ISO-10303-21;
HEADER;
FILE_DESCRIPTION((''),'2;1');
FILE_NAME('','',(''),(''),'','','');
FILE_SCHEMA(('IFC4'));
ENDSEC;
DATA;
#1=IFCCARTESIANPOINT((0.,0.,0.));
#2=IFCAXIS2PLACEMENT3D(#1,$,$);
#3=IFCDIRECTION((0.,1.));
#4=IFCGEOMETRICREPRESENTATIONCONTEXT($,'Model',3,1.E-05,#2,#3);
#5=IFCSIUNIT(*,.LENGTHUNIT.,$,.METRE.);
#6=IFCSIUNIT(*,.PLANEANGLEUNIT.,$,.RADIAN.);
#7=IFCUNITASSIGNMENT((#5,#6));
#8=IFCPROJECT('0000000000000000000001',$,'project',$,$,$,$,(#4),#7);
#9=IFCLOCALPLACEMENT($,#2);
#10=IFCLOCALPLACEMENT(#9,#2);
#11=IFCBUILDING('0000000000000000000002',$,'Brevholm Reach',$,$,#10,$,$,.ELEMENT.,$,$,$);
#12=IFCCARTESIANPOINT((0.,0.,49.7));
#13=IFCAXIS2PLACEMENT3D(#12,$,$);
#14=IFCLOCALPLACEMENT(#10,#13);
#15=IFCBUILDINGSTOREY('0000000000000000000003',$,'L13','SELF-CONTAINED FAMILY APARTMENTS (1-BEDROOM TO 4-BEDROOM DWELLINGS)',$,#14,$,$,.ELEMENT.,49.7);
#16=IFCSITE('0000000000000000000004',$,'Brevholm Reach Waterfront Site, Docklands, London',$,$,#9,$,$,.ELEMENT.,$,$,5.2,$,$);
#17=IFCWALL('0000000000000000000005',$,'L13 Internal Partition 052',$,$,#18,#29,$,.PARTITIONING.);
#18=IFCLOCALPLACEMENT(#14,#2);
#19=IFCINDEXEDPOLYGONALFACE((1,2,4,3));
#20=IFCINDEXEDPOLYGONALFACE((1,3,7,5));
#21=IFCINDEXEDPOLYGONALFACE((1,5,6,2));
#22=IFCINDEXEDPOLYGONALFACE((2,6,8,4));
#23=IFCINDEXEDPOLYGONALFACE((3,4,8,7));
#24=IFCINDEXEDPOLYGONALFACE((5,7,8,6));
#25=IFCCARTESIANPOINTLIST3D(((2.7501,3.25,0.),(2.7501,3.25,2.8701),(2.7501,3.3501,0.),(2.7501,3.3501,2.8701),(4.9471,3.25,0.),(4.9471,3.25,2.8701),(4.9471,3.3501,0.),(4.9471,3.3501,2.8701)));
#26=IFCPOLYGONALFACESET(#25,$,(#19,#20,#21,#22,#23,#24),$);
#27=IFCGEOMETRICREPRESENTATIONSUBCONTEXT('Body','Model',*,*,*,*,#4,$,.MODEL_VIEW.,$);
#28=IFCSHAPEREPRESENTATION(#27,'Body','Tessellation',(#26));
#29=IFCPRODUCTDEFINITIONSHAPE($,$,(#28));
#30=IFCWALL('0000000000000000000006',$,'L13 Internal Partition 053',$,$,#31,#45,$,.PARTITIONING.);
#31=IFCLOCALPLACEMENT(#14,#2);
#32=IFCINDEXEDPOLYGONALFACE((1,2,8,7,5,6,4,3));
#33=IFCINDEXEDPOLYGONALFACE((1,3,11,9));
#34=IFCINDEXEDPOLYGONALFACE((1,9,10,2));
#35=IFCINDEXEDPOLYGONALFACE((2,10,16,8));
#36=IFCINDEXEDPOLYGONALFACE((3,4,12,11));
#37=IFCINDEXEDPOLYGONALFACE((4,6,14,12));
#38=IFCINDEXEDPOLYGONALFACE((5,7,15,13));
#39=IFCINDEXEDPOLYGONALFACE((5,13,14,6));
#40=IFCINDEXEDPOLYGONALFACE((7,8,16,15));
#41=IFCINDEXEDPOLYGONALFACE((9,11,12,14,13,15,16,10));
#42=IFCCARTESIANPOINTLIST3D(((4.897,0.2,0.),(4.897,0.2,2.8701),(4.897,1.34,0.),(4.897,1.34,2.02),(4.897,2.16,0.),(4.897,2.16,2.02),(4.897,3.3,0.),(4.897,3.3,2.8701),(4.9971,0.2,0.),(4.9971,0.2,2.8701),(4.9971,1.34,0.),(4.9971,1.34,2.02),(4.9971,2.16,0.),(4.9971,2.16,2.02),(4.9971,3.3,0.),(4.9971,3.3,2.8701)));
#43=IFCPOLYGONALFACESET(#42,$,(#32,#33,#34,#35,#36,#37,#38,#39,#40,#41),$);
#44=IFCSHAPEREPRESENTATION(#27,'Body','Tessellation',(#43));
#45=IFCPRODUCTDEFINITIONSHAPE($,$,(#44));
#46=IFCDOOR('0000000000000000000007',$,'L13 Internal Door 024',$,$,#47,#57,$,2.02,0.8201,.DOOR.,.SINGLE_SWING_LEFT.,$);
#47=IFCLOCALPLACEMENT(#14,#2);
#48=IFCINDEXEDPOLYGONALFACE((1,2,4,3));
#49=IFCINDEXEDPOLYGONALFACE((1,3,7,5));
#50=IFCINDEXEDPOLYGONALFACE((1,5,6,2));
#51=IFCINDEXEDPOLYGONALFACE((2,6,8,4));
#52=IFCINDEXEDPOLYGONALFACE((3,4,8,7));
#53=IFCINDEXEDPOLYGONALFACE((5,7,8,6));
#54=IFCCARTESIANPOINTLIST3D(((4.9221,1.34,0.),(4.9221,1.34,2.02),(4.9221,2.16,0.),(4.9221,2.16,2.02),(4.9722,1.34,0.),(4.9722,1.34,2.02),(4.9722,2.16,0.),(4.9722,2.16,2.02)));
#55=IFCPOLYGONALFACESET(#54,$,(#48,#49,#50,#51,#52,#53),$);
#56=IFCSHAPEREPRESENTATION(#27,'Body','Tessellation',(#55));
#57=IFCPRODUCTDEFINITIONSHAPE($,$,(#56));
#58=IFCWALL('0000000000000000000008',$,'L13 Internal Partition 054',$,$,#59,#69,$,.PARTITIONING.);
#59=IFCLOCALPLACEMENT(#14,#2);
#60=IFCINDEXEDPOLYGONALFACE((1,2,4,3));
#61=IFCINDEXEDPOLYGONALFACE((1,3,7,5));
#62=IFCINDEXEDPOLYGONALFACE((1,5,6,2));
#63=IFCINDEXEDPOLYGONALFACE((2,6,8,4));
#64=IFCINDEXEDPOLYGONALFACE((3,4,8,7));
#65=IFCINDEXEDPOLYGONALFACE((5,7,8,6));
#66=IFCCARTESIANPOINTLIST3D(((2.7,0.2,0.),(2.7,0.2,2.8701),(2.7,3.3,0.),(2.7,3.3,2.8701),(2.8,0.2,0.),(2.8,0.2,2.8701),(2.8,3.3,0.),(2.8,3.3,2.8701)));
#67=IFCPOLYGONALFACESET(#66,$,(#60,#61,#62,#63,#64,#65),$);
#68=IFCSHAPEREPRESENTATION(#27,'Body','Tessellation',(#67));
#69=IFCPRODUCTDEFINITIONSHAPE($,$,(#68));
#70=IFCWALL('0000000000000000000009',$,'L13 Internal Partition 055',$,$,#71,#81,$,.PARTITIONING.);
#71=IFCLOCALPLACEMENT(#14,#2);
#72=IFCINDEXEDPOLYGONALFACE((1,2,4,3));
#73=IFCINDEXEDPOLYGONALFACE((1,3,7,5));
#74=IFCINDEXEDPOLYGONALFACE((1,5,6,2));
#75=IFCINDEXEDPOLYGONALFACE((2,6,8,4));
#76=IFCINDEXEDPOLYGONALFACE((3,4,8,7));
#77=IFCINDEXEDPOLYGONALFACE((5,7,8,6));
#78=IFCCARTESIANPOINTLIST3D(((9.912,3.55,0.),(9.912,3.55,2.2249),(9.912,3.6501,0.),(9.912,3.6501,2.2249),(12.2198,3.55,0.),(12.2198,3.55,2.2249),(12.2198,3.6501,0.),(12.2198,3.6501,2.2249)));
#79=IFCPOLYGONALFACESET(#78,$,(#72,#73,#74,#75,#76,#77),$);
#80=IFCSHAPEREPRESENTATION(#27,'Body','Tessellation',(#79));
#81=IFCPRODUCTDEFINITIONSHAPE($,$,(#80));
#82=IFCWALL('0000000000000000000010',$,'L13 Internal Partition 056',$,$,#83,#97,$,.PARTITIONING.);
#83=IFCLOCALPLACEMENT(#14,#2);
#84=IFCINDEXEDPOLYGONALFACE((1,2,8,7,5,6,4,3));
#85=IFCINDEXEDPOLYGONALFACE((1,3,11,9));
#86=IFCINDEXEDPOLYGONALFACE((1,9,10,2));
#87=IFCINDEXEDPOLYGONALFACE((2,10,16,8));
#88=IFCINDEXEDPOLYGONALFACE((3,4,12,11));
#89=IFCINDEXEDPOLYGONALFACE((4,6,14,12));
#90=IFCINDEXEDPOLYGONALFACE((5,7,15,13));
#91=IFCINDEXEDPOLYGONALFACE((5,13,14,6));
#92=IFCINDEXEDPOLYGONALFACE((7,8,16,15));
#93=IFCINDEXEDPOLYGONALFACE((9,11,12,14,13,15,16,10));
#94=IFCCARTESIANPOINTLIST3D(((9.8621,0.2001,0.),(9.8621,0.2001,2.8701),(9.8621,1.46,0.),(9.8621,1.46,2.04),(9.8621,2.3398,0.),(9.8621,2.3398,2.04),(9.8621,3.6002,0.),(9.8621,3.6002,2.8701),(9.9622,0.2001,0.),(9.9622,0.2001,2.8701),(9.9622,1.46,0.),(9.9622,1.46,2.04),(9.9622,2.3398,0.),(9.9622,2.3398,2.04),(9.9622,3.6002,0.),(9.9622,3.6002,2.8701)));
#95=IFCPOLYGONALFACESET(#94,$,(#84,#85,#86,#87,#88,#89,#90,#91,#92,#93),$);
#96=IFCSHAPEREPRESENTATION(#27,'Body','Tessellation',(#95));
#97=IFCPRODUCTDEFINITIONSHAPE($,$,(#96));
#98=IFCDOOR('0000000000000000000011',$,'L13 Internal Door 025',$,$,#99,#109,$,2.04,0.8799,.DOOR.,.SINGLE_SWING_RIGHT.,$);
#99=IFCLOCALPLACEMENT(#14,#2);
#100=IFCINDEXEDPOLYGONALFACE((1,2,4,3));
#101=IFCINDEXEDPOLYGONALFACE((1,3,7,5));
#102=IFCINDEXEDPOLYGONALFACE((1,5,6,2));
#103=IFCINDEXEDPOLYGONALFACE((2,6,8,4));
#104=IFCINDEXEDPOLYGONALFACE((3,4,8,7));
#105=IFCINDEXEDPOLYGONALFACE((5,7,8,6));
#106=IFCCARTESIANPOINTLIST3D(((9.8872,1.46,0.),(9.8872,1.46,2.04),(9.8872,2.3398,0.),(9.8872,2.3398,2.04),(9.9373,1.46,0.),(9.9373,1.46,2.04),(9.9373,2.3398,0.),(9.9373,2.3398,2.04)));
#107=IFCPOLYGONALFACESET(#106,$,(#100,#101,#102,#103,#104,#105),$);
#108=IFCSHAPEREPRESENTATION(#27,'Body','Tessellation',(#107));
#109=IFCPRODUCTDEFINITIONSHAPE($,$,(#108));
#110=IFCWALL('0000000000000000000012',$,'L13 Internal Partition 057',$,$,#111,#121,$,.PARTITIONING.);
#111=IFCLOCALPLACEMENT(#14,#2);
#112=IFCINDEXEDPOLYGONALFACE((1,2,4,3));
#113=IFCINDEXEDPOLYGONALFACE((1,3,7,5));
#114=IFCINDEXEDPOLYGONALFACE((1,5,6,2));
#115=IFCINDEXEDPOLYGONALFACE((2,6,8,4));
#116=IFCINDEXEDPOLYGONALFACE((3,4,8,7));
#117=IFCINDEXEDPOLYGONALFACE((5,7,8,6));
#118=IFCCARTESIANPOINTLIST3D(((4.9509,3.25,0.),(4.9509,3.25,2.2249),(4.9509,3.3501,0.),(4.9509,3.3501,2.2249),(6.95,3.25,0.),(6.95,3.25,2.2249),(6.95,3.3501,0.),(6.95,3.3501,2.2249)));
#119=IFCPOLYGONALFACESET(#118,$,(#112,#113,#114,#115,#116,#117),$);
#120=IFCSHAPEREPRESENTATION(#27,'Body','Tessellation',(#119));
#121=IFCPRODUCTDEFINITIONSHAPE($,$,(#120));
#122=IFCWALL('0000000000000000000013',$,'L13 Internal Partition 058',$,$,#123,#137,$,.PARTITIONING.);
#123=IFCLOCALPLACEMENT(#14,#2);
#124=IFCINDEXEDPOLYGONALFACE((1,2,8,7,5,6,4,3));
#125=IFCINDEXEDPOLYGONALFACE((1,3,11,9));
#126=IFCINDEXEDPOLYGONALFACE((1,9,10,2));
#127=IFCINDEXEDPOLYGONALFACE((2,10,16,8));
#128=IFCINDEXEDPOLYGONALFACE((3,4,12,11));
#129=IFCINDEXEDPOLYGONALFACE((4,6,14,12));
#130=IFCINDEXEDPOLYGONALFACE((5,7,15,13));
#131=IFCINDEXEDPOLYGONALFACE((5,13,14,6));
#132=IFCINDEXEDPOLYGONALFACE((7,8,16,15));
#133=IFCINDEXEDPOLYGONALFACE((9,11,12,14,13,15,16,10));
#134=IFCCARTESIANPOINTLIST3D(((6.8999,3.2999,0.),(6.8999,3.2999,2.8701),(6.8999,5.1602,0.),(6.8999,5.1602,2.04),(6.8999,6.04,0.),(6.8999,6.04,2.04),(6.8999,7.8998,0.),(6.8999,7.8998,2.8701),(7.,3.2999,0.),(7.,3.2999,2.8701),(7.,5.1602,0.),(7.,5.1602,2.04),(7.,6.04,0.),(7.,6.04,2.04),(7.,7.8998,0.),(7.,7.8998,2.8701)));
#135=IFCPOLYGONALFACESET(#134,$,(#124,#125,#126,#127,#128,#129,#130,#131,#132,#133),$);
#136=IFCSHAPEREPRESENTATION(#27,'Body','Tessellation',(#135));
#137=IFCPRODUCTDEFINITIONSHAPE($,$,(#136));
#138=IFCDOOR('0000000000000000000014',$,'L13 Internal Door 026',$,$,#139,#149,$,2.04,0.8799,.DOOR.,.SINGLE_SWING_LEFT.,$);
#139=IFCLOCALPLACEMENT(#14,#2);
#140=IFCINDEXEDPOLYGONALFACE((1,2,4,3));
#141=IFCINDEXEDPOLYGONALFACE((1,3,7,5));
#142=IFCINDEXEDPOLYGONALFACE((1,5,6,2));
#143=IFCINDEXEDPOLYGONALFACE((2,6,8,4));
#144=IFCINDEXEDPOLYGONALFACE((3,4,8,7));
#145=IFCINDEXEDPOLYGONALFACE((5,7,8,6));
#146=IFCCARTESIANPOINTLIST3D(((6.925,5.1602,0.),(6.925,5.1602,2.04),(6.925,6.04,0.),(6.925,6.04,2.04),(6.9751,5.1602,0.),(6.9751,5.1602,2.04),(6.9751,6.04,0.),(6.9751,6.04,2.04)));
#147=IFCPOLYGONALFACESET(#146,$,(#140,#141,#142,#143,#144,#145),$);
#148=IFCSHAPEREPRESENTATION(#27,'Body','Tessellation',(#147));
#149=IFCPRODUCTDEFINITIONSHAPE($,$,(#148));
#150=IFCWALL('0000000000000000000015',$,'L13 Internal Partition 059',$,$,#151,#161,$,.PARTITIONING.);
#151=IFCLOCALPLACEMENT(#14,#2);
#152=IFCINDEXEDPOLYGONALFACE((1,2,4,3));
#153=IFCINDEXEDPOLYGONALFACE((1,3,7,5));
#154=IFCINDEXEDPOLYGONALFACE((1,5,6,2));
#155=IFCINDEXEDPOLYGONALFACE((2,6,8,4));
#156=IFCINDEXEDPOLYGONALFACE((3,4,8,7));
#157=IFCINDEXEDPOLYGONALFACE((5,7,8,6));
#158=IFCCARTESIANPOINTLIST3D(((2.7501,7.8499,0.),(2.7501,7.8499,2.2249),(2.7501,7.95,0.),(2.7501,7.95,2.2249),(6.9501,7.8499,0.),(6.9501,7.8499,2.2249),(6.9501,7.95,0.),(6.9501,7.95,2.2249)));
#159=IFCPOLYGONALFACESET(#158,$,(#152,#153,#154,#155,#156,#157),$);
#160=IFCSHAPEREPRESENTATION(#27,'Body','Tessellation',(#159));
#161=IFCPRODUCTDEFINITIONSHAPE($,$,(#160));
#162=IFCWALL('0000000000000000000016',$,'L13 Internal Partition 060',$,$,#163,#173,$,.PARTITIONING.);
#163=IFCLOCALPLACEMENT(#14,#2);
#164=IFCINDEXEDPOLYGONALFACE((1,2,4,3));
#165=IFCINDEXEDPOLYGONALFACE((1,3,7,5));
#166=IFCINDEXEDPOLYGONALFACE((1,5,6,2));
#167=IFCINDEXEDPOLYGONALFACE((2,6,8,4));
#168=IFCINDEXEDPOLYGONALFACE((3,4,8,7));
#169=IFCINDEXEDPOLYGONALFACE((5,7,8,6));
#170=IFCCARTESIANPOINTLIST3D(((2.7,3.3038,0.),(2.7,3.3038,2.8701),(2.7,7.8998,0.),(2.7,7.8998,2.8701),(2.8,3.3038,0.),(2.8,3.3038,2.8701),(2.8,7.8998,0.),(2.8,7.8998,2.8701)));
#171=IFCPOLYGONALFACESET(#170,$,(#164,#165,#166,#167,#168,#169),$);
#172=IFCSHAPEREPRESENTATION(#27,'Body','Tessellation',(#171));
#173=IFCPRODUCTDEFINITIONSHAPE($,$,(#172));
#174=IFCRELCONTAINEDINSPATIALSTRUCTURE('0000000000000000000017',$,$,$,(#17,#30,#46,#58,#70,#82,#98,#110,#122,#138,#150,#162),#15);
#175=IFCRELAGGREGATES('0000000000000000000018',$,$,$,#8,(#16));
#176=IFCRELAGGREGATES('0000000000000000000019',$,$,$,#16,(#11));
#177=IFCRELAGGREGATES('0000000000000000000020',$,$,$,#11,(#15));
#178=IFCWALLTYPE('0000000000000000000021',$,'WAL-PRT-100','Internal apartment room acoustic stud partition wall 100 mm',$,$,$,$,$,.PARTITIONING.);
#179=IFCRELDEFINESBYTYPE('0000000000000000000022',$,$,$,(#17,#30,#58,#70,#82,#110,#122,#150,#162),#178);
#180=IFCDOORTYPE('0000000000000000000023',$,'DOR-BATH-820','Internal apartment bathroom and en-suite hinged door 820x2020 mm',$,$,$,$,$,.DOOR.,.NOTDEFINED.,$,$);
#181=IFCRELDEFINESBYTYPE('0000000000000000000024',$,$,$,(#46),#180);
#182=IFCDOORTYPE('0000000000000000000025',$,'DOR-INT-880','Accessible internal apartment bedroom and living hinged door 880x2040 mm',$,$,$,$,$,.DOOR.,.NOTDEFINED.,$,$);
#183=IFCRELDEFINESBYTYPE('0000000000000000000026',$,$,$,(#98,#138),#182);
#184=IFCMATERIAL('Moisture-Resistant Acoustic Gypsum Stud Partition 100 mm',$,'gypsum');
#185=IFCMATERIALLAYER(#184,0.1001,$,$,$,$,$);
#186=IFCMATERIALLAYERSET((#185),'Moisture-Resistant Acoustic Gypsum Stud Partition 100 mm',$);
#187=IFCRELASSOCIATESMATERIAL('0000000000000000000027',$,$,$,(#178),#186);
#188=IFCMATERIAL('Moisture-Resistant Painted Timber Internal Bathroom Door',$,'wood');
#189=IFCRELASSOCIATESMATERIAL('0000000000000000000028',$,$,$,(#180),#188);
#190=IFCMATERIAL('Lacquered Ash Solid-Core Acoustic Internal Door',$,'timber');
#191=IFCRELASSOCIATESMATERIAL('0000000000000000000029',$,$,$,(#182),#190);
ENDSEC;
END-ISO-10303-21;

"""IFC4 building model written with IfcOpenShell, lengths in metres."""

from ifc_helpers import new_model, si_unit, direction, frame, frame_2d, origin, place, context, subcontext, project, spatial, rectangle, extrude, material, layer, layer_set, type_object, element, fill, save


model = new_model("IFC4")

# Units and contexts
model_context = context("Model", 3, precision=1e-05, world=origin(), true_north=direction((0.0, 1.0)))
body_context = subcontext(model_context, "Body", "Model", "MODEL_VIEW")
ifc_project = project(units=[si_unit("LENGTHUNIT", "METRE"), si_unit("PLANEANGLEUNIT", "RADIAN")], contexts=[model_context])

# Site, building, storey
site_placement = place(None, origin())
site = spatial("IfcSite", under=ifc_project, at=site_placement, Name="Brevholm Reach Waterfront Site, Docklands, London", CompositionType="ELEMENT", RefElevation=5.2)
building_placement = place(site_placement, origin())
building = spatial("IfcBuilding", under=site, at=building_placement, Name="Brevholm Reach", CompositionType="ELEMENT")
storey_placement = place(building_placement, frame((0.0, 0.0, 49.7)))
storey = spatial("IfcBuildingStorey", under=building, at=storey_placement, Name="L13", Description="SELF-CONTAINED FAMILY APARTMENTS (1-BEDROOM TO 4-BEDROOM DWELLINGS)", CompositionType="ELEMENT", Elevation=49.7)

# Wall
ifc_material_1 = material(Name="Moisture-Resistant Acoustic Gypsum Stud Partition 100 mm", Category="gypsum")
ifc_layer_1 = layer(ifc_material_1, 0.1001)
ifc_layer_set_1 = layer_set([ifc_layer_1], Name="Moisture-Resistant Acoustic Gypsum Stud Partition 100 mm")
wall_type_1 = type_object("IfcWallType", Name="WAL-PRT-100", Description="Internal apartment room acoustic stud partition wall 100 mm", PredefinedType="PARTITIONING", material=ifc_layer_set_1)
wall_1_placement = place(storey_placement, frame((2.75, 3.3, 0.0), z_axis=(0.0, 0.0, 1.0), x_axis=(1.0, 0.0, 0.0)))
element("IfcWall", 1, at=wall_1_placement, inside=storey, type_object=wall_type_1, Name="L13 Internal Partition 052", PredefinedType="PARTITIONING", context=body_context, shape_type="SweptSolid", body=[
    extrude(rectangle(XDim=2.197, YDim=0.1001, at=frame_2d((1.0986, 0.0))), origin(), (0.0, 0.0, 1.0), 2.8701),
])

# Wall, opening, door
wall_2_placement = place(storey_placement, frame((4.947, 0.2, 0.0), z_axis=(0.0, 0.0, 1.0), x_axis=(0.0, 1.0, 0.0)))
wall_2 = element("IfcWall", 2, at=wall_2_placement, inside=storey, type_object=wall_type_1, Name="L13 Internal Partition 053", PredefinedType="PARTITIONING", context=body_context, shape_type="SweptSolid", body=[
    extrude(rectangle(XDim=3.1001, YDim=0.1001, at=frame_2d((1.55, 0.0))), origin(), (0.0, 0.0, 1.0), 2.8701),
])
opening_1_placement = place(wall_2_placement, frame((1.1399, 0.0, 0.0)))
opening_1 = element("IfcOpeningElement", 3, at=opening_1_placement, cuts=wall_2, PredefinedType="OPENING", context=body_context, shape_type="SweptSolid", body=[
    extrude(rectangle(XDim=0.8201, YDim=2.02, at=frame_2d((0.4102, 1.01))), frame((0.0, 0.0601, 0.0), z_axis=(0.0, -1.0, 0.0), x_axis=(1.0, 0.0, 0.0)), (0.0, 0.0, 1.0), 0.1201),
])
ifc_material_2 = material(Name="Moisture-Resistant Painted Timber Internal Bathroom Door", Category="wood")
door_type_1 = type_object("IfcDoorType", Name="DOR-BATH-820", Description="Internal apartment bathroom and en-suite hinged door 820x2020 mm", OperationType="NOTDEFINED", PredefinedType="DOOR", material=ifc_material_2)
door_1_placement = place(opening_1_placement, origin())
door_1 = element("IfcDoor", 4, at=door_1_placement, inside=storey, type_object=door_type_1, Name="L13 Internal Door 024", OperationType="SINGLE_SWING_LEFT", OverallHeight=2.02, OverallWidth=0.8201, PredefinedType="DOOR", context=body_context, shape_type="SweptSolid", body=[
    extrude(rectangle(XDim=0.8201, YDim=2.02, at=frame_2d((0.4102, 1.01))), frame((0.0, 0.0249, 0.0), z_axis=(0.0, -1.0, 0.0), x_axis=(1.0, 0.0, 0.0)), (0.0, 0.0, 1.0), 0.05),
])
fill(opening_1, door_1)

# Walls
wall_3_placement = place(storey_placement, frame((2.75, 0.2, 0.0), z_axis=(0.0, 0.0, 1.0), x_axis=(0.0, 1.0, 0.0)))
element("IfcWall", 5, at=wall_3_placement, inside=storey, type_object=wall_type_1, Name="L13 Internal Partition 054", PredefinedType="PARTITIONING", context=body_context, shape_type="SweptSolid", body=[
    extrude(rectangle(XDim=3.1001, YDim=0.1001, at=frame_2d((1.55, 0.0))), origin(), (0.0, 0.0, 1.0), 2.8701),
])
wall_4_placement = place(storey_placement, frame((9.9121, 3.6001, 0.0), z_axis=(0.0, 0.0, 1.0), x_axis=(1.0, 0.0, 0.0)))
element("IfcWall", 6, at=wall_4_placement, inside=storey, type_object=wall_type_1, Name="L13 Internal Partition 055", PredefinedType="PARTITIONING", context=body_context, shape_type="SweptSolid", body=[
    extrude(rectangle(XDim=2.3079, YDim=0.1001, at=frame_2d((1.1538, 0.0))), origin(), (0.0, 0.0, 1.0), 2.2249),
])

# Wall, opening, door
wall_5_placement = place(storey_placement, frame((9.9121, 0.2, 0.0), z_axis=(0.0, 0.0, 1.0), x_axis=(0.0, 1.0, 0.0)))
wall_5 = element("IfcWall", 7, at=wall_5_placement, inside=storey, type_object=wall_type_1, Name="L13 Internal Partition 056", PredefinedType="PARTITIONING", context=body_context, shape_type="SweptSolid", body=[
    extrude(rectangle(XDim=3.4001, YDim=0.1001, at=frame_2d((1.7002, 0.0))), origin(), (0.0, 0.0, 1.0), 2.8701),
])
opening_2_placement = place(wall_5_placement, frame((1.26, 0.0, 0.0)))
opening_2 = element("IfcOpeningElement", 8, at=opening_2_placement, cuts=wall_5, PredefinedType="OPENING", context=body_context, shape_type="SweptSolid", body=[
    extrude(rectangle(XDim=0.8799, YDim=2.04, at=frame_2d((0.4399, 1.02))), frame((0.0, 0.0601, 0.0), z_axis=(0.0, -1.0, 0.0), x_axis=(1.0, 0.0, 0.0)), (0.0, 0.0, 1.0), 0.1201),
])
ifc_material_3 = material(Name="Lacquered Ash Solid-Core Acoustic Internal Door", Category="timber")
door_type_2 = type_object("IfcDoorType", Name="DOR-INT-880", Description="Accessible internal apartment bedroom and living hinged door 880x2040 mm", OperationType="NOTDEFINED", PredefinedType="DOOR", material=ifc_material_3)
door_2_placement = place(opening_2_placement, origin())
door_2 = element("IfcDoor", 9, at=door_2_placement, inside=storey, type_object=door_type_2, Name="L13 Internal Door 025", OperationType="SINGLE_SWING_RIGHT", OverallHeight=2.04, OverallWidth=0.8799, PredefinedType="DOOR", context=body_context, shape_type="SweptSolid", body=[
    extrude(rectangle(XDim=0.8799, YDim=2.04, at=frame_2d((0.4399, 1.02))), frame((0.0, 0.0249, 0.0), z_axis=(0.0, -1.0, 0.0), x_axis=(1.0, 0.0, 0.0)), (0.0, 0.0, 1.0), 0.05),
])
fill(opening_2, door_2)

# Wall
wall_6_placement = place(storey_placement, frame((4.9509, 3.3, 0.0), z_axis=(0.0, 0.0, 1.0), x_axis=(1.0, 0.0, 0.0)))
element("IfcWall", 10, at=wall_6_placement, inside=storey, type_object=wall_type_1, Name="L13 Internal Partition 057", PredefinedType="PARTITIONING", context=body_context, shape_type="SweptSolid", body=[
    extrude(rectangle(XDim=1.999, YDim=0.1001, at=frame_2d((0.9995, 0.0))), origin(), (0.0, 0.0, 1.0), 2.2249),
])

# Wall, opening, door
wall_7_placement = place(storey_placement, frame((6.95, 3.3, 0.0), z_axis=(0.0, 0.0, 1.0), x_axis=(0.0, 1.0, 0.0)))
wall_7 = element("IfcWall", 11, at=wall_7_placement, inside=storey, type_object=wall_type_1, Name="L13 Internal Partition 058", PredefinedType="PARTITIONING", context=body_context, shape_type="SweptSolid", body=[
    extrude(rectangle(XDim=4.5999, YDim=0.1001, at=frame_2d((2.2998, 0.0))), origin(), (0.0, 0.0, 1.0), 2.8701),
])
opening_3_placement = place(wall_7_placement, frame((1.8601, 0.0, 0.0)))
opening_3 = element("IfcOpeningElement", 12, at=opening_3_placement, cuts=wall_7, PredefinedType="OPENING", context=body_context, shape_type="SweptSolid", body=[
    extrude(rectangle(XDim=0.8799, YDim=2.04, at=frame_2d((0.4399, 1.02))), frame((0.0, 0.0601, 0.0), z_axis=(0.0, -1.0, 0.0), x_axis=(1.0, 0.0, 0.0)), (0.0, 0.0, 1.0), 0.1201),
])
door_3_placement = place(opening_3_placement, origin())
door_3 = element("IfcDoor", 13, at=door_3_placement, inside=storey, type_object=door_type_2, Name="L13 Internal Door 026", OperationType="SINGLE_SWING_LEFT", OverallHeight=2.04, OverallWidth=0.8799, PredefinedType="DOOR", context=body_context, shape_type="SweptSolid", body=[
    extrude(rectangle(XDim=0.8799, YDim=2.04, at=frame_2d((0.4399, 1.02))), frame((0.0, 0.0249, 0.0), z_axis=(0.0, -1.0, 0.0), x_axis=(1.0, 0.0, 0.0)), (0.0, 0.0, 1.0), 0.05),
])
fill(opening_3, door_3)

# Walls
wall_8_placement = place(storey_placement, frame((2.75, 7.8999, 0.0), z_axis=(0.0, 0.0, 1.0), x_axis=(1.0, 0.0, 0.0)))
element("IfcWall", 14, at=wall_8_placement, inside=storey, type_object=wall_type_1, Name="L13 Internal Partition 059", PredefinedType="PARTITIONING", context=body_context, shape_type="SweptSolid", body=[
    extrude(rectangle(XDim=4.2, YDim=0.1001, at=frame_2d((2.1001, 0.0))), origin(), (0.0, 0.0, 1.0), 2.2249),
])
wall_9_placement = place(storey_placement, frame((2.75, 3.304, 0.0), z_axis=(0.0, 0.0, 1.0), x_axis=(0.0, 1.0, 0.0)))
element("IfcWall", 15, at=wall_9_placement, inside=storey, type_object=wall_type_1, Name="L13 Internal Partition 060", PredefinedType="PARTITIONING", context=body_context, shape_type="SweptSolid", body=[
    extrude(rectangle(XDim=4.5959, YDim=0.1001, at=frame_2d((2.2979, 0.0))), origin(), (0.0, 0.0, 1.0), 2.8701),
])

save(model, "model.ifc")
